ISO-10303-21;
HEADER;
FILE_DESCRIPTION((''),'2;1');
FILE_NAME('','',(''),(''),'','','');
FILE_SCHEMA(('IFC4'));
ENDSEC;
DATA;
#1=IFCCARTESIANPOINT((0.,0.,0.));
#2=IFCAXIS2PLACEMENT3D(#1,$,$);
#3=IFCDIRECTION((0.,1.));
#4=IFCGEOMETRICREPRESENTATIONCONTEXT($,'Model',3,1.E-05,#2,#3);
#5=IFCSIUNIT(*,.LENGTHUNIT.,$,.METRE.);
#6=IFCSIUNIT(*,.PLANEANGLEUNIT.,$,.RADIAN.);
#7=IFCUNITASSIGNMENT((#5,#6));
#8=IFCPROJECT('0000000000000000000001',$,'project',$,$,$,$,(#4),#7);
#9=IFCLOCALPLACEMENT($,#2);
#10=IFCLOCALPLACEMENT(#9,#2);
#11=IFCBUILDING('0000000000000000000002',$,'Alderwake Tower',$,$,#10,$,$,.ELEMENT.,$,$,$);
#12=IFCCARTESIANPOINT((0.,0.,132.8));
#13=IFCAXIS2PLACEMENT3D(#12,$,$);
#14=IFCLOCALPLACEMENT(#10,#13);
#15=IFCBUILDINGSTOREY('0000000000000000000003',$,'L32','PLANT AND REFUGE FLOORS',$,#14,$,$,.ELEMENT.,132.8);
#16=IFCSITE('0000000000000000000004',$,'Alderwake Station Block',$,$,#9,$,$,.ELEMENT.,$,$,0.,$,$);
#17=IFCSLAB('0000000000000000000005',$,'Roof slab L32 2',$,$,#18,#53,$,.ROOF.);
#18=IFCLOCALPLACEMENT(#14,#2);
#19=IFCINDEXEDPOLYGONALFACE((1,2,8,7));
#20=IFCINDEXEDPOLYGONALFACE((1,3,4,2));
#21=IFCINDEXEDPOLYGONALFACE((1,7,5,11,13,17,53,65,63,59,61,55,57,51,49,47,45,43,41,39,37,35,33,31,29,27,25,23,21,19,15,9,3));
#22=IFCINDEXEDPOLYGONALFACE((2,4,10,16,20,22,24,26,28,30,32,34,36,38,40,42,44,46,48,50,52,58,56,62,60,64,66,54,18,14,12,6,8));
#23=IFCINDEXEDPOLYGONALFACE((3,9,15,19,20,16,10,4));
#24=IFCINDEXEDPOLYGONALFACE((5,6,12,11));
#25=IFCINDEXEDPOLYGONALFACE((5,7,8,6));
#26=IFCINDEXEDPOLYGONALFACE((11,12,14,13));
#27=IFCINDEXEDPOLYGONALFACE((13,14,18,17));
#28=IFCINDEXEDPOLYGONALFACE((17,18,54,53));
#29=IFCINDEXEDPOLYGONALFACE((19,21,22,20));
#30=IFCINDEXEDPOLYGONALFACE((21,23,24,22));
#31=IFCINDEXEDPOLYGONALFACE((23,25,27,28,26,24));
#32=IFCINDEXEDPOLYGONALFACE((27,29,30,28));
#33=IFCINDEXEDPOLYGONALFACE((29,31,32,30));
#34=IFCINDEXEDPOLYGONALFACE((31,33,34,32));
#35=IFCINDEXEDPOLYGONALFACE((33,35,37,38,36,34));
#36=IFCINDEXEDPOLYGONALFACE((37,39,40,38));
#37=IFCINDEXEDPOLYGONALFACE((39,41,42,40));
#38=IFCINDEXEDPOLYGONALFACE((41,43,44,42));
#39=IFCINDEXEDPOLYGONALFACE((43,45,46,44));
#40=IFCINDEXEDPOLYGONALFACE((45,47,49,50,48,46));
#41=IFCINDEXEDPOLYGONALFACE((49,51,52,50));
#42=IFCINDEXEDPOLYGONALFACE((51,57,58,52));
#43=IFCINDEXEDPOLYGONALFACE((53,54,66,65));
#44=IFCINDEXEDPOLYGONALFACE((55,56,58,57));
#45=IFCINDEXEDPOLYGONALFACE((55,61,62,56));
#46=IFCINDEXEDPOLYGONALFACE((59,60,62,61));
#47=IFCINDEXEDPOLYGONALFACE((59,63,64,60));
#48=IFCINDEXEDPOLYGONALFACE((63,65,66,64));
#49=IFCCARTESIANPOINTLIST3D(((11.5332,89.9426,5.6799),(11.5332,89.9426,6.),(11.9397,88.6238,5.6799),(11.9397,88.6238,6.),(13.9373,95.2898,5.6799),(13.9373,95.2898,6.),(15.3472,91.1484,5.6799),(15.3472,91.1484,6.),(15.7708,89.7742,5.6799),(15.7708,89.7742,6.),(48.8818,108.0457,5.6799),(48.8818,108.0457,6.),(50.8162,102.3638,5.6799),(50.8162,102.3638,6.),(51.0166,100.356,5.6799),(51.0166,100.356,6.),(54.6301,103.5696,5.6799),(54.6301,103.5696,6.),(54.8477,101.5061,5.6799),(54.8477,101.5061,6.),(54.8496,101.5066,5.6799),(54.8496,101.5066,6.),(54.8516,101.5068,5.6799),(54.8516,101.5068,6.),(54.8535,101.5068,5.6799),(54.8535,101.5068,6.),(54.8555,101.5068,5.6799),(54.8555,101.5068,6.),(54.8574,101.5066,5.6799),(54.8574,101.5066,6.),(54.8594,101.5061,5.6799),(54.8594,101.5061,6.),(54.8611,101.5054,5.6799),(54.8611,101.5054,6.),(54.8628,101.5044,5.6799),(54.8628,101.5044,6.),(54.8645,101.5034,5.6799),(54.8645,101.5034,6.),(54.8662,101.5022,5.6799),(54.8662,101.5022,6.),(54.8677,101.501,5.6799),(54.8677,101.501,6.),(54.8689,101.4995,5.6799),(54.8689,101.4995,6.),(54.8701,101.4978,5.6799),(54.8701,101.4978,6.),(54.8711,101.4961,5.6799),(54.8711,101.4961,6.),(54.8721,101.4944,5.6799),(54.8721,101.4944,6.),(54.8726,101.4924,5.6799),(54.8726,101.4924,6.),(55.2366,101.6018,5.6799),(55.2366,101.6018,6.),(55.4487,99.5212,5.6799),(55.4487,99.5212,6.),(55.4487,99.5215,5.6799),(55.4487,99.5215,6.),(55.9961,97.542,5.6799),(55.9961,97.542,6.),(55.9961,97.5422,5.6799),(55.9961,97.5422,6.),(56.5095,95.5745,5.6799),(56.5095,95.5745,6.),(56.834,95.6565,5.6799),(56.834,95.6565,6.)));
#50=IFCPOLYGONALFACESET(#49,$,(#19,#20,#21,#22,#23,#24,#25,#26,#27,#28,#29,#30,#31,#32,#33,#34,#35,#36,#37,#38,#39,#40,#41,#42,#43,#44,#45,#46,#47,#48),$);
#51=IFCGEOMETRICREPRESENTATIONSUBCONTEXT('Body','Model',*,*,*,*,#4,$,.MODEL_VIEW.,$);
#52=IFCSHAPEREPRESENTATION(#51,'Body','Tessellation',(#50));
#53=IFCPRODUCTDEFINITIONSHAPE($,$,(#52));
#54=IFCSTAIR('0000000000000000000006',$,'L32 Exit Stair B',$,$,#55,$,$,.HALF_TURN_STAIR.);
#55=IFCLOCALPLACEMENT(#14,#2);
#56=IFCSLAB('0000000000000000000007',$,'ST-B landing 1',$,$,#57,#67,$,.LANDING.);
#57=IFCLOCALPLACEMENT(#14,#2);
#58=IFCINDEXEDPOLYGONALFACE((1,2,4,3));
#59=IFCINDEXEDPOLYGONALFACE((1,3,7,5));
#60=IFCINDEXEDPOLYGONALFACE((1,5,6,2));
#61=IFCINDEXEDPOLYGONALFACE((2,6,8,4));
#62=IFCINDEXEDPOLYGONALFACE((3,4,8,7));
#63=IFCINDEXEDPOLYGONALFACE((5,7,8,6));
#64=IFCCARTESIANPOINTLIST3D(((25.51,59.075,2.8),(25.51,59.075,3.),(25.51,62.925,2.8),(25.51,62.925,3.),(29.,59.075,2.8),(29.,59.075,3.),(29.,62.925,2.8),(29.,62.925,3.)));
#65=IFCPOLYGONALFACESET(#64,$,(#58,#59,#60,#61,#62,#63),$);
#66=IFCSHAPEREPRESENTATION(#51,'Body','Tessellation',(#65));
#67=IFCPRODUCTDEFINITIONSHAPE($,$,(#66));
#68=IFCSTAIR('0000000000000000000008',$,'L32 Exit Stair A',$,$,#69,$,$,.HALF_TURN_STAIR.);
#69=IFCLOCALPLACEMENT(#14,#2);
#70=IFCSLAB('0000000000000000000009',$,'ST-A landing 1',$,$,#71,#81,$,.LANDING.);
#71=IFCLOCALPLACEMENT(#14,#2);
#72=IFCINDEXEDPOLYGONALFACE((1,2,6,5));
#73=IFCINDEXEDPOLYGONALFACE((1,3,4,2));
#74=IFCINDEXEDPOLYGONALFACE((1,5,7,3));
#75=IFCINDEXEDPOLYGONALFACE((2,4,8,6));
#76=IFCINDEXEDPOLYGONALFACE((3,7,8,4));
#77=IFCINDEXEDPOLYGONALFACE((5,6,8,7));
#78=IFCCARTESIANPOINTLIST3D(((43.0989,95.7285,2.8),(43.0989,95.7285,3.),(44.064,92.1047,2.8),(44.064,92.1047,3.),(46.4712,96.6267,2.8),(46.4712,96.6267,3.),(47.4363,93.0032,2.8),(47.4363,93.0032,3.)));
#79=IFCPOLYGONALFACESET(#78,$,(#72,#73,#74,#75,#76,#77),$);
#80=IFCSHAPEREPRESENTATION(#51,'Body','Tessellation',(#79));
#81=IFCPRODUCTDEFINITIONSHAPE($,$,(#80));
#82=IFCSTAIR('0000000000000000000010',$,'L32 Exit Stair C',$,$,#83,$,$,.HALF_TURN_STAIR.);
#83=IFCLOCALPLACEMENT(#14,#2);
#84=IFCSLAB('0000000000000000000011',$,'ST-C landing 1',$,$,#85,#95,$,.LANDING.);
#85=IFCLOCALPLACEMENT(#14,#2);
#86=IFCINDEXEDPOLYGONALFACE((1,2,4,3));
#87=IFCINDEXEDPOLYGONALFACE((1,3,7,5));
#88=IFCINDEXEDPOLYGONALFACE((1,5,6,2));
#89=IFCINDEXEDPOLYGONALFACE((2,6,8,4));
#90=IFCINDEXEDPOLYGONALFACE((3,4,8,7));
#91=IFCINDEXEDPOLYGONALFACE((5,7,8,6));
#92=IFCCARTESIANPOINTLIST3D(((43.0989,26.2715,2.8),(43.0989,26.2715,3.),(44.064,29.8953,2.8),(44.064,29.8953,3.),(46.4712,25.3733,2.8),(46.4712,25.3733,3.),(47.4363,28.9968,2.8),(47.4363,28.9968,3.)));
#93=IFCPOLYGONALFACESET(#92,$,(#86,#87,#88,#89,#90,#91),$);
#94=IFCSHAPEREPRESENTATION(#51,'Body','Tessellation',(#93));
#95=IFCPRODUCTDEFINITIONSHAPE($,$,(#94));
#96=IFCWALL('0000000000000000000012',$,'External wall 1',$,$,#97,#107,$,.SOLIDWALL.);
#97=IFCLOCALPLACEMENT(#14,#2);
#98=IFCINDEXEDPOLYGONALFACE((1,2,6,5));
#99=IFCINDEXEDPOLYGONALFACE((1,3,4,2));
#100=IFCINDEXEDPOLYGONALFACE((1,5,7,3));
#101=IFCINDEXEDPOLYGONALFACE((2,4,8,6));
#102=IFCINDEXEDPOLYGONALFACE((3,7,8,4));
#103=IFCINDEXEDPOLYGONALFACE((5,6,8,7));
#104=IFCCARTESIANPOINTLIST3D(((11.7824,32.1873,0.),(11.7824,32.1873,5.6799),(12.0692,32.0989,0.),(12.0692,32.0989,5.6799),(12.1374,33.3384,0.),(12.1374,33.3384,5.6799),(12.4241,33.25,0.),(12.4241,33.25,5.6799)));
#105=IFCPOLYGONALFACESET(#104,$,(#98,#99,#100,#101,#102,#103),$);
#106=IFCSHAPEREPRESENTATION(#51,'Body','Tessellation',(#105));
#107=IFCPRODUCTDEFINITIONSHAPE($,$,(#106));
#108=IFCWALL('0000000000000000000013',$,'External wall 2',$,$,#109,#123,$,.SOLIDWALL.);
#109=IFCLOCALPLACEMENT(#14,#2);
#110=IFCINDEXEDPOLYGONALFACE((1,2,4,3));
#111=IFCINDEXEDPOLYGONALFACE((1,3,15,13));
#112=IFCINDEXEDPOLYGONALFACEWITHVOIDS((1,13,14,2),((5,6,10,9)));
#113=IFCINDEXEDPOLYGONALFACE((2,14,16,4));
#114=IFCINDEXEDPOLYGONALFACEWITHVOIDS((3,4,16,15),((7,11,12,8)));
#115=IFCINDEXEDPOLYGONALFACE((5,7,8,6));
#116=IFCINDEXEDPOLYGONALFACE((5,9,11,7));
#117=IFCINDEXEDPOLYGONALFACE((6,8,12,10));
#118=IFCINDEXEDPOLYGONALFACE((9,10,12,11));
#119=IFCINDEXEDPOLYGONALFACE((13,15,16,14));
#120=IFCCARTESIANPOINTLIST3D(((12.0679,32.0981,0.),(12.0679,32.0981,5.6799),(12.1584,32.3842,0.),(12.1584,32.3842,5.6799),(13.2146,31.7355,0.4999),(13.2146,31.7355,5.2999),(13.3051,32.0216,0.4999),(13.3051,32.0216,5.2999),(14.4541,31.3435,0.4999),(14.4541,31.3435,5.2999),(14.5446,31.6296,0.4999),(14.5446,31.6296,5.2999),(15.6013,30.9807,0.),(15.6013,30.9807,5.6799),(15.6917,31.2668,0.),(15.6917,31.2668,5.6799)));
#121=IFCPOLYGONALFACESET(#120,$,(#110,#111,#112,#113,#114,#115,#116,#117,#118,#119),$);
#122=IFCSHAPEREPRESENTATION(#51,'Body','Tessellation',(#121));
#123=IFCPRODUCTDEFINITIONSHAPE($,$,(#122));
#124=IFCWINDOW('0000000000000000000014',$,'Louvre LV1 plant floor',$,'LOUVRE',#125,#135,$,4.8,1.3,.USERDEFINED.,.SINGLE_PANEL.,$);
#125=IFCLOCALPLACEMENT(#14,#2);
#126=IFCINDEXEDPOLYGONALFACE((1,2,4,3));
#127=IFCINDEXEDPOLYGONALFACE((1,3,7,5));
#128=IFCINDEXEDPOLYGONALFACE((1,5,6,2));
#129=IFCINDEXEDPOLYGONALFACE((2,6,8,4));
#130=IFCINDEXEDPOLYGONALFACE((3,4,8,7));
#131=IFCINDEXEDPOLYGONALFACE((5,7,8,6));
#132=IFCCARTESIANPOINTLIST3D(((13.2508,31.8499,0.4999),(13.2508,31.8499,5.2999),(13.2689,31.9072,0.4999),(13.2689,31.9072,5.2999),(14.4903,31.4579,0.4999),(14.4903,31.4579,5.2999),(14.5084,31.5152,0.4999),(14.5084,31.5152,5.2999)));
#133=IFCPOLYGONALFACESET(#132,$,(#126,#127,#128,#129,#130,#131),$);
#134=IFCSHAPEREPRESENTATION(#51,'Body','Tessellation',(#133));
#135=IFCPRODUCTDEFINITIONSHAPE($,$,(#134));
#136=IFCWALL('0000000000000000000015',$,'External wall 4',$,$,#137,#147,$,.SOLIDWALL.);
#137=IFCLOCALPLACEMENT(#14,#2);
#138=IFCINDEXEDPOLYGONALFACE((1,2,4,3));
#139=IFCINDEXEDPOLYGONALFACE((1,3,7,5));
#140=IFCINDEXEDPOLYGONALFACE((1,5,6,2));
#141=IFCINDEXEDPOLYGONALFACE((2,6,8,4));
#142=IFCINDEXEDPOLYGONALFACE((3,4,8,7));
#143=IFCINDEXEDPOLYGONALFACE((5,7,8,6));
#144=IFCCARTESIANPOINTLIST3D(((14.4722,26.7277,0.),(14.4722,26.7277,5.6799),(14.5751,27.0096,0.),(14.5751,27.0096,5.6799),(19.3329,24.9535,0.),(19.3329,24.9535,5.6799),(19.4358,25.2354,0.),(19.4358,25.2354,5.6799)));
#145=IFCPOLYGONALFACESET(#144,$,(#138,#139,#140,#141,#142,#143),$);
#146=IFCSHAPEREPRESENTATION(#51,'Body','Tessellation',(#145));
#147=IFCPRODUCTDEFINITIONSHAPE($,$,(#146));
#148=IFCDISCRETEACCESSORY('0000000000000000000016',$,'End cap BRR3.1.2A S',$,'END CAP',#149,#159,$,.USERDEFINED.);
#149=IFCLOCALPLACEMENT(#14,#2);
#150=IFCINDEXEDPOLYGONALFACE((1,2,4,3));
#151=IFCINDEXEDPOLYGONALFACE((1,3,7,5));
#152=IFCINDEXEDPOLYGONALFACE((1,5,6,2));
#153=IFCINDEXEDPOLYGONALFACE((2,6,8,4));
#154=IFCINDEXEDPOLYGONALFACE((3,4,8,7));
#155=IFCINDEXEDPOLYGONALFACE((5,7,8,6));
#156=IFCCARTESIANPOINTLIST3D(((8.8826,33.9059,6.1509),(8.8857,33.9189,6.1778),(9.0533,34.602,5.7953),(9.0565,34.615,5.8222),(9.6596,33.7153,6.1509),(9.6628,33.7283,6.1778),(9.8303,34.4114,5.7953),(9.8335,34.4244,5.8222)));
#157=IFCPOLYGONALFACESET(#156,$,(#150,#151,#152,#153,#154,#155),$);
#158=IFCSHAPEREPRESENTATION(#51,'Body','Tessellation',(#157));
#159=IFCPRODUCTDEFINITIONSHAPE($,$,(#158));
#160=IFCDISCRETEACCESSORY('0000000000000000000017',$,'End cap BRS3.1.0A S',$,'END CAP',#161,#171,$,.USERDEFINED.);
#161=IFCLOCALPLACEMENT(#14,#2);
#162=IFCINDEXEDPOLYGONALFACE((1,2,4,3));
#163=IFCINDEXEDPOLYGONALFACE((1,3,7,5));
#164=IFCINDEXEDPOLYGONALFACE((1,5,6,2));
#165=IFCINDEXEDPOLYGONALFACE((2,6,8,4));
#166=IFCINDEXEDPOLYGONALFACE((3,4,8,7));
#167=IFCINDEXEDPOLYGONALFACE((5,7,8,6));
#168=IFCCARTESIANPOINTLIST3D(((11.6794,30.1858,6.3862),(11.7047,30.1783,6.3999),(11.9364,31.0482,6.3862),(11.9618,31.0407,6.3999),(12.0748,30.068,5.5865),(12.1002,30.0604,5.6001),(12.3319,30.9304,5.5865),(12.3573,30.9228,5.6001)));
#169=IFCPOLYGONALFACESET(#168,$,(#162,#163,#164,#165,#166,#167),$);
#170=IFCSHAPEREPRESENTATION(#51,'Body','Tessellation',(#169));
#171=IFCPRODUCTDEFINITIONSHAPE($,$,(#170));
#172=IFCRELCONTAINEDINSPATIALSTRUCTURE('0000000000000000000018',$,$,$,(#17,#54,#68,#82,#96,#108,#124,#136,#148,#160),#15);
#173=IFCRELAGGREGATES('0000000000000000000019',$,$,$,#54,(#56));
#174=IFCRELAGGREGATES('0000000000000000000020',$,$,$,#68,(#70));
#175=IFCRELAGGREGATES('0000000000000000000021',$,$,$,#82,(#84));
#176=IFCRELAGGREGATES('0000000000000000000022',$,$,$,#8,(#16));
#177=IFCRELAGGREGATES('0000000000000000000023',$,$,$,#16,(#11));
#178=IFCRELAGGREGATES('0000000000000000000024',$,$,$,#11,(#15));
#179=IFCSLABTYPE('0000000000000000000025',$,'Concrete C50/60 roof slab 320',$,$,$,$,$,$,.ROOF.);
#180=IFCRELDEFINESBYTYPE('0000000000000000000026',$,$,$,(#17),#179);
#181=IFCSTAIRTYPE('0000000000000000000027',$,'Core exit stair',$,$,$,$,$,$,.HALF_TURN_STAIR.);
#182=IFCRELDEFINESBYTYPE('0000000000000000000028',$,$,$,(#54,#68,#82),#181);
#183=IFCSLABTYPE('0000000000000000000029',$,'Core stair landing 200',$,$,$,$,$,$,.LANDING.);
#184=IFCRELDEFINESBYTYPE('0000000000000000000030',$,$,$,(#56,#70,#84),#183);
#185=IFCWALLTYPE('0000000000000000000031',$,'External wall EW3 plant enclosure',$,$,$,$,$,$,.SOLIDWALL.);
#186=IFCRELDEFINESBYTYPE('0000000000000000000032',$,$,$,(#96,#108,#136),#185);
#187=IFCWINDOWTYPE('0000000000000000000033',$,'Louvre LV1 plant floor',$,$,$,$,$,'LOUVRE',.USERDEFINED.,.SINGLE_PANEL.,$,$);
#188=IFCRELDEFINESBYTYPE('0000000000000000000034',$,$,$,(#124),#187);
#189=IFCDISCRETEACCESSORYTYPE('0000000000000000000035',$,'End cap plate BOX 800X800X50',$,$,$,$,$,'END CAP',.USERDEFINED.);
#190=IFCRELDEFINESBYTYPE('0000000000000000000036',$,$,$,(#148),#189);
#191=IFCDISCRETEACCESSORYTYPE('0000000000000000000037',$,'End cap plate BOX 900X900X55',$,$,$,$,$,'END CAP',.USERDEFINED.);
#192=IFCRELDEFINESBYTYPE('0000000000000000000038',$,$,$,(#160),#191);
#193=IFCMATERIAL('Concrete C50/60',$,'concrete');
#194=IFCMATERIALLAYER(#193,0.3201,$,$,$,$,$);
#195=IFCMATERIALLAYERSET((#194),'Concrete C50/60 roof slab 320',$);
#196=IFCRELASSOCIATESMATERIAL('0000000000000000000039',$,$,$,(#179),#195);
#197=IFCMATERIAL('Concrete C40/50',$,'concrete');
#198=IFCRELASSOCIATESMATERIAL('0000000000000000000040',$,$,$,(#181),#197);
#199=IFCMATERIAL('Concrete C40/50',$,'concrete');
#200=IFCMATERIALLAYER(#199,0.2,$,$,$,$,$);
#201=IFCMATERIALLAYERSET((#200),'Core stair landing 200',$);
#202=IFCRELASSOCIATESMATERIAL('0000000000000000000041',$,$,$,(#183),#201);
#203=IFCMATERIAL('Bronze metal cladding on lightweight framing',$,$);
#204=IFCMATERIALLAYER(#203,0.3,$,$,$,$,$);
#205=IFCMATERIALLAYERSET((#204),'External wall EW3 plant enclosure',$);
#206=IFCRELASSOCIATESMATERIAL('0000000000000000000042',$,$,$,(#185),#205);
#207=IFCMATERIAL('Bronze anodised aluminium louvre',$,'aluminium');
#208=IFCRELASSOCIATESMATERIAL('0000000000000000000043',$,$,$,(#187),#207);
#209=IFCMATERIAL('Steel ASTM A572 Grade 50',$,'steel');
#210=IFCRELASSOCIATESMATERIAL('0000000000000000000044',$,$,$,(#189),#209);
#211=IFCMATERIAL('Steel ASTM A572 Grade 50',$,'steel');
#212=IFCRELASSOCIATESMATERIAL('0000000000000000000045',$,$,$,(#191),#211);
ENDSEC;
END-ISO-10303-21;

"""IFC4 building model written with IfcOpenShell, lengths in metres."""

from ifc_helpers import new_model, si_unit, direction, frame, frame_2d, origin, origin_2d, place, context, subcontext, project, spatial, polyline, rectangle, outline, extrude, material, layer, layer_set, material_profile, profile_set, type_object, element, fill, aggregate, save


model = new_model("IFC4")

# Units and contexts
model_context = context("Model", 3, precision=1e-05, world=origin(), true_north=direction((0.0, 1.0)))
body_context = subcontext(model_context, "Body", "Model", "MODEL_VIEW")
ifc_project = project(units=[si_unit("LENGTHUNIT", "METRE"), si_unit("PLANEANGLEUNIT", "RADIAN")], contexts=[model_context])

# Site, building, storey
site_placement = place(None, origin())
site = spatial("IfcSite", under=ifc_project, at=site_placement, Name="Alderwake Station Block", CompositionType="ELEMENT", RefElevation=0.0)
building_placement = place(site_placement, origin())
building = spatial("IfcBuilding", under=site, at=building_placement, Name="Alderwake Tower", CompositionType="ELEMENT")
storey_placement = place(building_placement, frame((0.0, 0.0, 132.8)))
storey = spatial("IfcBuildingStorey", under=building, at=storey_placement, Name="L32", Description="PLANT AND REFUGE FLOORS", CompositionType="ELEMENT", Elevation=132.8)

# Slab
ifc_material_1 = material(Name="Concrete C50/60", Category="concrete")
ifc_layer_1 = layer(ifc_material_1, 0.3201)
ifc_layer_set_1 = layer_set([ifc_layer_1], Name="Concrete C50/60 roof slab 320")
slab_type_1 = type_object("IfcSlabType", Name="Concrete C50/60 roof slab 320", PredefinedType="ROOF", material=ifc_layer_set_1)
slab_1_placement = place(storey_placement, frame((0.0, 0.0, 5.6799)))
element("IfcSlab", 1, at=slab_1_placement, inside=storey, type_object=slab_type_1, Name="Roof slab L32 2", PredefinedType="ROOF", context=body_context, shape_type="SweptSolid", body=[
    extrude(outline(polyline([(11.5332, 89.9426), (15.3472, 91.1484), (13.9373, 95.2898), (48.8818, 108.0457), (50.8162, 102.3638), (54.6301, 103.5696), (55.2366, 101.6018), (56.834, 95.6565), (56.5095, 95.5745), (55.9961, 97.542), (55.9961, 97.5422), (55.4487, 99.5212), (55.4487, 99.5215), (54.8726, 101.4924), (54.8721, 101.4944), (54.8711, 101.4961), (54.8701, 101.4978), (54.8689, 101.4995), (54.8677, 101.501), (54.8662, 101.5022), (54.8645, 101.5034), (54.8628, 101.5044), (54.8611, 101.5054), (54.8594, 101.5061), (54.8574, 101.5066), (54.8555, 101.5068), (54.8535, 101.5068), (54.8516, 101.5068), (54.8496, 101.5066), (54.8477, 101.5061), (51.0166, 100.356), (15.7708, 89.7742), (11.9397, 88.6238), (11.9397, 88.6238), (11.5332, 89.9426)])), origin(), (0.0, 0.0, 1.0), 0.3201),
])

# Stairs, slabs
ifc_material_2 = material(Name="Concrete C40/50", Category="concrete")
stair_type = type_object("IfcStairType", Name="Core exit stair", PredefinedType="HALF_TURN_STAIR", material=ifc_material_2)
stair_1_placement = place(storey_placement, origin())
stair_1 = element("IfcStair", 2, at=stair_1_placement, inside=storey, type_object=stair_type, Name="L32 Exit Stair B", PredefinedType="HALF_TURN_STAIR")
ifc_material_3 = material(Name="Concrete C40/50", Category="concrete")
ifc_layer_2 = layer(ifc_material_3, 0.2)
ifc_layer_set_2 = layer_set([ifc_layer_2], Name="Core stair landing 200")
slab_type_2 = type_object("IfcSlabType", Name="Core stair landing 200", PredefinedType="LANDING", material=ifc_layer_set_2)
slab_2_placement = place(storey_placement, frame((0.0, 0.0, 2.8)))
slab_2 = element("IfcSlab", 3, at=slab_2_placement, type_object=slab_type_2, Name="ST-B landing 1", PredefinedType="LANDING", context=body_context, shape_type="SweptSolid", body=[
    extrude(outline(polyline([(25.51, 59.075), (29.0, 59.075), (29.0, 62.925), (25.51, 62.925), (25.51, 59.075)])), origin(), (0.0, 0.0, 1.0), 0.2),
])
aggregate(stair_1, [slab_2])
stair_2_placement = place(storey_placement, origin())
stair_2 = element("IfcStair", 4, at=stair_2_placement, inside=storey, type_object=stair_type, Name="L32 Exit Stair A", PredefinedType="HALF_TURN_STAIR")
slab_3_placement = place(storey_placement, frame((0.0, 0.0, 2.8)))
slab_3 = element("IfcSlab", 5, at=slab_3_placement, type_object=slab_type_2, Name="ST-A landing 1", PredefinedType="LANDING", context=body_context, shape_type="SweptSolid", body=[
    extrude(outline(polyline([(44.064, 92.1047), (47.4363, 93.0032), (46.4712, 96.6267), (43.0989, 95.7285), (44.064, 92.1047)])), origin(), (0.0, 0.0, 1.0), 0.2),
])
aggregate(stair_2, [slab_3])
stair_3_placement = place(storey_placement, origin())
stair_3 = element("IfcStair", 6, at=stair_3_placement, inside=storey, type_object=stair_type, Name="L32 Exit Stair C", PredefinedType="HALF_TURN_STAIR")
slab_4_placement = place(storey_placement, frame((0.0, 0.0, 2.8)))
slab_4 = element("IfcSlab", 7, at=slab_4_placement, type_object=slab_type_2, Name="ST-C landing 1", PredefinedType="LANDING", context=body_context, shape_type="SweptSolid", body=[
    extrude(outline(polyline([(43.0989, 26.2715), (46.4712, 25.3733), (47.4363, 28.9968), (44.064, 29.8953), (43.0989, 26.2715)])), origin(), (0.0, 0.0, 1.0), 0.2),
])
aggregate(stair_3, [slab_4])

# Wall
ifc_material_4 = material(Name="Bronze metal cladding on lightweight framing")
ifc_layer_3 = layer(ifc_material_4, 0.3)
ifc_layer_set_3 = layer_set([ifc_layer_3], Name="External wall EW3 plant enclosure")
wall_type = type_object("IfcWallType", Name="External wall EW3 plant enclosure", PredefinedType="SOLIDWALL", material=ifc_layer_set_3)
wall_1_placement = place(storey_placement, frame((12.2808, 33.2942, 0.0), z_axis=(0.0, 0.0, 1.0), x_axis=(-0.294684, -0.955595, 0.0)))
element("IfcWall", 8, at=wall_1_placement, inside=storey, type_object=wall_type, Name="External wall 1", PredefinedType="SOLIDWALL", context=body_context, shape_type="SweptSolid", body=[
    extrude(rectangle(XDim=1.2046, YDim=0.3, at=frame_2d((0.6023, 0.0))), origin(), (0.0, 0.0, 1.0), 5.6799),
])

# Wall, opening, window
wall_2_placement = place(storey_placement, frame((12.113, 32.2412, 0.0), z_axis=(0.0, 0.0, 1.0), x_axis=(0.953458, -0.301525, 0.0)))
wall_2 = element("IfcWall", 9, at=wall_2_placement, inside=storey, type_object=wall_type, Name="External wall 2", PredefinedType="SOLIDWALL", context=body_context, shape_type="SweptSolid", body=[
    extrude(rectangle(XDim=3.7058, YDim=0.3, at=frame_2d((1.853, 0.0))), origin(), (0.0, 0.0, 1.0), 5.6799),
])
opening_placement = place(wall_2_placement, frame((1.2029, 0.0, 0.5)))
opening = element("IfcOpeningElement", 10, at=opening_placement, cuts=wall_2, PredefinedType="OPENING", context=body_context, shape_type="SweptSolid", body=[
    extrude(rectangle(XDim=1.3, YDim=4.8, at=frame_2d((0.6499, 2.3999))), frame((0.0, 0.1599, 0.0), z_axis=(0.0, -1.0, 0.0), x_axis=(1.0, 0.0, 0.0)), (0.0, 0.0, 1.0), 0.3201),
])
ifc_material_5 = material(Name="Bronze anodised aluminium louvre", Category="aluminium")
window_type = type_object("IfcWindowType", Name="Louvre LV1 plant floor", ElementType="LOUVRE", PartitioningType="SINGLE_PANEL", PredefinedType="USERDEFINED", material=ifc_material_5)
window_placement = place(opening_placement, origin())
window = element("IfcWindow", 11, at=window_placement, inside=storey, type_object=window_type, Name="Louvre LV1 plant floor", ObjectType="LOUVRE", OverallHeight=4.8, OverallWidth=1.3, PartitioningType="SINGLE_PANEL", PredefinedType="USERDEFINED", context=body_context, shape_type="SweptSolid", body=[
    extrude(rectangle(XDim=1.3, YDim=4.8, at=frame_2d((0.6499, 2.3999))), frame((0.0, 0.03, 0.0), z_axis=(0.0, -1.0, 0.0), x_axis=(1.0, 0.0, 0.0)), (0.0, 0.0, 1.0), 0.0601),
])
fill(opening, window)

# Wall
wall_3_placement = place(storey_placement, frame((14.5237, 26.8687, 0.0), z_axis=(0.0, 0.0, 1.0), x_axis=(0.939378, -0.342883, 0.0)))
element("IfcWall", 12, at=wall_3_placement, inside=storey, type_object=wall_type, Name="External wall 4", PredefinedType="SOLIDWALL", context=body_context, shape_type="SweptSolid", body=[
    extrude(rectangle(XDim=5.1743, YDim=0.3, at=frame_2d((2.5872, 0.0))), origin(), (0.0, 0.0, 1.0), 5.6799),
])

# Discrete accessories
ifc_material_6 = material(Name="Steel ASTM A572 Grade 50", Category="steel")
ifc_material_profile_1 = material_profile(ifc_material_6, rectangle(XDim=0.8, YDim=0.8, at=origin_2d()), Name="BOX 800X800X50 cap")
ifc_profile_set_1 = profile_set([ifc_material_profile_1], Name="Steel ASTM A572 Grade 50")
discrete_accessory_type_1 = type_object("IfcDiscreteAccessoryType", Name="End cap plate BOX 800X800X50", ElementType="END CAP", PredefinedType="USERDEFINED", material=ifc_profile_set_1)
discrete_accessory_1_placement = place(storey_placement, frame((9.3596, 34.1716, 6.0), z_axis=(-0.10587, -0.431622, -0.89582), x_axis=(0.971211, -0.238222, 0.0)))
element("IfcDiscreteAccessory", 13, at=discrete_accessory_1_placement, inside=storey, type_object=discrete_accessory_type_1, Name="End cap BRR3.1.2A S", ObjectType="END CAP", PredefinedType="USERDEFINED", context=body_context, shape_type="SweptSolid", body=[
    extrude(rectangle(XDim=0.8, YDim=0.8, at=origin_2d()), origin(), (0.0, 0.0, 1.0), 0.03),
])
ifc_material_7 = material(Name="Steel ASTM A572 Grade 50", Category="steel")
ifc_material_profile_2 = material_profile(ifc_material_7, rectangle(XDim=0.8999, YDim=0.8999, at=origin_2d()), Name="BOX 900X900X55 cap")
ifc_profile_set_2 = profile_set([ifc_material_profile_2], Name="Steel ASTM A572 Grade 50")
discrete_accessory_type_2 = type_object("IfcDiscreteAccessoryType", Name="End cap plate BOX 900X900X55", ElementType="END CAP", PredefinedType="USERDEFINED", material=ifc_profile_set_2)
discrete_accessory_2_placement = place(storey_placement, frame((12.031, 30.5505, 6.0), z_axis=(-0.85163, 0.253851, -0.45857), x_axis=(-0.285657, -0.958332, 0.0)))
element("IfcDiscreteAccessory", 14, at=discrete_accessory_2_placement, inside=storey, type_object=discrete_accessory_type_2, Name="End cap BRS3.1.0A S", ObjectType="END CAP", PredefinedType="USERDEFINED", context=body_context, shape_type="SweptSolid", body=[
    extrude(rectangle(XDim=0.8999, YDim=0.8999, at=origin_2d()), origin(), (0.0, 0.0, 1.0), 0.0298),
])

save(model, "model.ifc")
